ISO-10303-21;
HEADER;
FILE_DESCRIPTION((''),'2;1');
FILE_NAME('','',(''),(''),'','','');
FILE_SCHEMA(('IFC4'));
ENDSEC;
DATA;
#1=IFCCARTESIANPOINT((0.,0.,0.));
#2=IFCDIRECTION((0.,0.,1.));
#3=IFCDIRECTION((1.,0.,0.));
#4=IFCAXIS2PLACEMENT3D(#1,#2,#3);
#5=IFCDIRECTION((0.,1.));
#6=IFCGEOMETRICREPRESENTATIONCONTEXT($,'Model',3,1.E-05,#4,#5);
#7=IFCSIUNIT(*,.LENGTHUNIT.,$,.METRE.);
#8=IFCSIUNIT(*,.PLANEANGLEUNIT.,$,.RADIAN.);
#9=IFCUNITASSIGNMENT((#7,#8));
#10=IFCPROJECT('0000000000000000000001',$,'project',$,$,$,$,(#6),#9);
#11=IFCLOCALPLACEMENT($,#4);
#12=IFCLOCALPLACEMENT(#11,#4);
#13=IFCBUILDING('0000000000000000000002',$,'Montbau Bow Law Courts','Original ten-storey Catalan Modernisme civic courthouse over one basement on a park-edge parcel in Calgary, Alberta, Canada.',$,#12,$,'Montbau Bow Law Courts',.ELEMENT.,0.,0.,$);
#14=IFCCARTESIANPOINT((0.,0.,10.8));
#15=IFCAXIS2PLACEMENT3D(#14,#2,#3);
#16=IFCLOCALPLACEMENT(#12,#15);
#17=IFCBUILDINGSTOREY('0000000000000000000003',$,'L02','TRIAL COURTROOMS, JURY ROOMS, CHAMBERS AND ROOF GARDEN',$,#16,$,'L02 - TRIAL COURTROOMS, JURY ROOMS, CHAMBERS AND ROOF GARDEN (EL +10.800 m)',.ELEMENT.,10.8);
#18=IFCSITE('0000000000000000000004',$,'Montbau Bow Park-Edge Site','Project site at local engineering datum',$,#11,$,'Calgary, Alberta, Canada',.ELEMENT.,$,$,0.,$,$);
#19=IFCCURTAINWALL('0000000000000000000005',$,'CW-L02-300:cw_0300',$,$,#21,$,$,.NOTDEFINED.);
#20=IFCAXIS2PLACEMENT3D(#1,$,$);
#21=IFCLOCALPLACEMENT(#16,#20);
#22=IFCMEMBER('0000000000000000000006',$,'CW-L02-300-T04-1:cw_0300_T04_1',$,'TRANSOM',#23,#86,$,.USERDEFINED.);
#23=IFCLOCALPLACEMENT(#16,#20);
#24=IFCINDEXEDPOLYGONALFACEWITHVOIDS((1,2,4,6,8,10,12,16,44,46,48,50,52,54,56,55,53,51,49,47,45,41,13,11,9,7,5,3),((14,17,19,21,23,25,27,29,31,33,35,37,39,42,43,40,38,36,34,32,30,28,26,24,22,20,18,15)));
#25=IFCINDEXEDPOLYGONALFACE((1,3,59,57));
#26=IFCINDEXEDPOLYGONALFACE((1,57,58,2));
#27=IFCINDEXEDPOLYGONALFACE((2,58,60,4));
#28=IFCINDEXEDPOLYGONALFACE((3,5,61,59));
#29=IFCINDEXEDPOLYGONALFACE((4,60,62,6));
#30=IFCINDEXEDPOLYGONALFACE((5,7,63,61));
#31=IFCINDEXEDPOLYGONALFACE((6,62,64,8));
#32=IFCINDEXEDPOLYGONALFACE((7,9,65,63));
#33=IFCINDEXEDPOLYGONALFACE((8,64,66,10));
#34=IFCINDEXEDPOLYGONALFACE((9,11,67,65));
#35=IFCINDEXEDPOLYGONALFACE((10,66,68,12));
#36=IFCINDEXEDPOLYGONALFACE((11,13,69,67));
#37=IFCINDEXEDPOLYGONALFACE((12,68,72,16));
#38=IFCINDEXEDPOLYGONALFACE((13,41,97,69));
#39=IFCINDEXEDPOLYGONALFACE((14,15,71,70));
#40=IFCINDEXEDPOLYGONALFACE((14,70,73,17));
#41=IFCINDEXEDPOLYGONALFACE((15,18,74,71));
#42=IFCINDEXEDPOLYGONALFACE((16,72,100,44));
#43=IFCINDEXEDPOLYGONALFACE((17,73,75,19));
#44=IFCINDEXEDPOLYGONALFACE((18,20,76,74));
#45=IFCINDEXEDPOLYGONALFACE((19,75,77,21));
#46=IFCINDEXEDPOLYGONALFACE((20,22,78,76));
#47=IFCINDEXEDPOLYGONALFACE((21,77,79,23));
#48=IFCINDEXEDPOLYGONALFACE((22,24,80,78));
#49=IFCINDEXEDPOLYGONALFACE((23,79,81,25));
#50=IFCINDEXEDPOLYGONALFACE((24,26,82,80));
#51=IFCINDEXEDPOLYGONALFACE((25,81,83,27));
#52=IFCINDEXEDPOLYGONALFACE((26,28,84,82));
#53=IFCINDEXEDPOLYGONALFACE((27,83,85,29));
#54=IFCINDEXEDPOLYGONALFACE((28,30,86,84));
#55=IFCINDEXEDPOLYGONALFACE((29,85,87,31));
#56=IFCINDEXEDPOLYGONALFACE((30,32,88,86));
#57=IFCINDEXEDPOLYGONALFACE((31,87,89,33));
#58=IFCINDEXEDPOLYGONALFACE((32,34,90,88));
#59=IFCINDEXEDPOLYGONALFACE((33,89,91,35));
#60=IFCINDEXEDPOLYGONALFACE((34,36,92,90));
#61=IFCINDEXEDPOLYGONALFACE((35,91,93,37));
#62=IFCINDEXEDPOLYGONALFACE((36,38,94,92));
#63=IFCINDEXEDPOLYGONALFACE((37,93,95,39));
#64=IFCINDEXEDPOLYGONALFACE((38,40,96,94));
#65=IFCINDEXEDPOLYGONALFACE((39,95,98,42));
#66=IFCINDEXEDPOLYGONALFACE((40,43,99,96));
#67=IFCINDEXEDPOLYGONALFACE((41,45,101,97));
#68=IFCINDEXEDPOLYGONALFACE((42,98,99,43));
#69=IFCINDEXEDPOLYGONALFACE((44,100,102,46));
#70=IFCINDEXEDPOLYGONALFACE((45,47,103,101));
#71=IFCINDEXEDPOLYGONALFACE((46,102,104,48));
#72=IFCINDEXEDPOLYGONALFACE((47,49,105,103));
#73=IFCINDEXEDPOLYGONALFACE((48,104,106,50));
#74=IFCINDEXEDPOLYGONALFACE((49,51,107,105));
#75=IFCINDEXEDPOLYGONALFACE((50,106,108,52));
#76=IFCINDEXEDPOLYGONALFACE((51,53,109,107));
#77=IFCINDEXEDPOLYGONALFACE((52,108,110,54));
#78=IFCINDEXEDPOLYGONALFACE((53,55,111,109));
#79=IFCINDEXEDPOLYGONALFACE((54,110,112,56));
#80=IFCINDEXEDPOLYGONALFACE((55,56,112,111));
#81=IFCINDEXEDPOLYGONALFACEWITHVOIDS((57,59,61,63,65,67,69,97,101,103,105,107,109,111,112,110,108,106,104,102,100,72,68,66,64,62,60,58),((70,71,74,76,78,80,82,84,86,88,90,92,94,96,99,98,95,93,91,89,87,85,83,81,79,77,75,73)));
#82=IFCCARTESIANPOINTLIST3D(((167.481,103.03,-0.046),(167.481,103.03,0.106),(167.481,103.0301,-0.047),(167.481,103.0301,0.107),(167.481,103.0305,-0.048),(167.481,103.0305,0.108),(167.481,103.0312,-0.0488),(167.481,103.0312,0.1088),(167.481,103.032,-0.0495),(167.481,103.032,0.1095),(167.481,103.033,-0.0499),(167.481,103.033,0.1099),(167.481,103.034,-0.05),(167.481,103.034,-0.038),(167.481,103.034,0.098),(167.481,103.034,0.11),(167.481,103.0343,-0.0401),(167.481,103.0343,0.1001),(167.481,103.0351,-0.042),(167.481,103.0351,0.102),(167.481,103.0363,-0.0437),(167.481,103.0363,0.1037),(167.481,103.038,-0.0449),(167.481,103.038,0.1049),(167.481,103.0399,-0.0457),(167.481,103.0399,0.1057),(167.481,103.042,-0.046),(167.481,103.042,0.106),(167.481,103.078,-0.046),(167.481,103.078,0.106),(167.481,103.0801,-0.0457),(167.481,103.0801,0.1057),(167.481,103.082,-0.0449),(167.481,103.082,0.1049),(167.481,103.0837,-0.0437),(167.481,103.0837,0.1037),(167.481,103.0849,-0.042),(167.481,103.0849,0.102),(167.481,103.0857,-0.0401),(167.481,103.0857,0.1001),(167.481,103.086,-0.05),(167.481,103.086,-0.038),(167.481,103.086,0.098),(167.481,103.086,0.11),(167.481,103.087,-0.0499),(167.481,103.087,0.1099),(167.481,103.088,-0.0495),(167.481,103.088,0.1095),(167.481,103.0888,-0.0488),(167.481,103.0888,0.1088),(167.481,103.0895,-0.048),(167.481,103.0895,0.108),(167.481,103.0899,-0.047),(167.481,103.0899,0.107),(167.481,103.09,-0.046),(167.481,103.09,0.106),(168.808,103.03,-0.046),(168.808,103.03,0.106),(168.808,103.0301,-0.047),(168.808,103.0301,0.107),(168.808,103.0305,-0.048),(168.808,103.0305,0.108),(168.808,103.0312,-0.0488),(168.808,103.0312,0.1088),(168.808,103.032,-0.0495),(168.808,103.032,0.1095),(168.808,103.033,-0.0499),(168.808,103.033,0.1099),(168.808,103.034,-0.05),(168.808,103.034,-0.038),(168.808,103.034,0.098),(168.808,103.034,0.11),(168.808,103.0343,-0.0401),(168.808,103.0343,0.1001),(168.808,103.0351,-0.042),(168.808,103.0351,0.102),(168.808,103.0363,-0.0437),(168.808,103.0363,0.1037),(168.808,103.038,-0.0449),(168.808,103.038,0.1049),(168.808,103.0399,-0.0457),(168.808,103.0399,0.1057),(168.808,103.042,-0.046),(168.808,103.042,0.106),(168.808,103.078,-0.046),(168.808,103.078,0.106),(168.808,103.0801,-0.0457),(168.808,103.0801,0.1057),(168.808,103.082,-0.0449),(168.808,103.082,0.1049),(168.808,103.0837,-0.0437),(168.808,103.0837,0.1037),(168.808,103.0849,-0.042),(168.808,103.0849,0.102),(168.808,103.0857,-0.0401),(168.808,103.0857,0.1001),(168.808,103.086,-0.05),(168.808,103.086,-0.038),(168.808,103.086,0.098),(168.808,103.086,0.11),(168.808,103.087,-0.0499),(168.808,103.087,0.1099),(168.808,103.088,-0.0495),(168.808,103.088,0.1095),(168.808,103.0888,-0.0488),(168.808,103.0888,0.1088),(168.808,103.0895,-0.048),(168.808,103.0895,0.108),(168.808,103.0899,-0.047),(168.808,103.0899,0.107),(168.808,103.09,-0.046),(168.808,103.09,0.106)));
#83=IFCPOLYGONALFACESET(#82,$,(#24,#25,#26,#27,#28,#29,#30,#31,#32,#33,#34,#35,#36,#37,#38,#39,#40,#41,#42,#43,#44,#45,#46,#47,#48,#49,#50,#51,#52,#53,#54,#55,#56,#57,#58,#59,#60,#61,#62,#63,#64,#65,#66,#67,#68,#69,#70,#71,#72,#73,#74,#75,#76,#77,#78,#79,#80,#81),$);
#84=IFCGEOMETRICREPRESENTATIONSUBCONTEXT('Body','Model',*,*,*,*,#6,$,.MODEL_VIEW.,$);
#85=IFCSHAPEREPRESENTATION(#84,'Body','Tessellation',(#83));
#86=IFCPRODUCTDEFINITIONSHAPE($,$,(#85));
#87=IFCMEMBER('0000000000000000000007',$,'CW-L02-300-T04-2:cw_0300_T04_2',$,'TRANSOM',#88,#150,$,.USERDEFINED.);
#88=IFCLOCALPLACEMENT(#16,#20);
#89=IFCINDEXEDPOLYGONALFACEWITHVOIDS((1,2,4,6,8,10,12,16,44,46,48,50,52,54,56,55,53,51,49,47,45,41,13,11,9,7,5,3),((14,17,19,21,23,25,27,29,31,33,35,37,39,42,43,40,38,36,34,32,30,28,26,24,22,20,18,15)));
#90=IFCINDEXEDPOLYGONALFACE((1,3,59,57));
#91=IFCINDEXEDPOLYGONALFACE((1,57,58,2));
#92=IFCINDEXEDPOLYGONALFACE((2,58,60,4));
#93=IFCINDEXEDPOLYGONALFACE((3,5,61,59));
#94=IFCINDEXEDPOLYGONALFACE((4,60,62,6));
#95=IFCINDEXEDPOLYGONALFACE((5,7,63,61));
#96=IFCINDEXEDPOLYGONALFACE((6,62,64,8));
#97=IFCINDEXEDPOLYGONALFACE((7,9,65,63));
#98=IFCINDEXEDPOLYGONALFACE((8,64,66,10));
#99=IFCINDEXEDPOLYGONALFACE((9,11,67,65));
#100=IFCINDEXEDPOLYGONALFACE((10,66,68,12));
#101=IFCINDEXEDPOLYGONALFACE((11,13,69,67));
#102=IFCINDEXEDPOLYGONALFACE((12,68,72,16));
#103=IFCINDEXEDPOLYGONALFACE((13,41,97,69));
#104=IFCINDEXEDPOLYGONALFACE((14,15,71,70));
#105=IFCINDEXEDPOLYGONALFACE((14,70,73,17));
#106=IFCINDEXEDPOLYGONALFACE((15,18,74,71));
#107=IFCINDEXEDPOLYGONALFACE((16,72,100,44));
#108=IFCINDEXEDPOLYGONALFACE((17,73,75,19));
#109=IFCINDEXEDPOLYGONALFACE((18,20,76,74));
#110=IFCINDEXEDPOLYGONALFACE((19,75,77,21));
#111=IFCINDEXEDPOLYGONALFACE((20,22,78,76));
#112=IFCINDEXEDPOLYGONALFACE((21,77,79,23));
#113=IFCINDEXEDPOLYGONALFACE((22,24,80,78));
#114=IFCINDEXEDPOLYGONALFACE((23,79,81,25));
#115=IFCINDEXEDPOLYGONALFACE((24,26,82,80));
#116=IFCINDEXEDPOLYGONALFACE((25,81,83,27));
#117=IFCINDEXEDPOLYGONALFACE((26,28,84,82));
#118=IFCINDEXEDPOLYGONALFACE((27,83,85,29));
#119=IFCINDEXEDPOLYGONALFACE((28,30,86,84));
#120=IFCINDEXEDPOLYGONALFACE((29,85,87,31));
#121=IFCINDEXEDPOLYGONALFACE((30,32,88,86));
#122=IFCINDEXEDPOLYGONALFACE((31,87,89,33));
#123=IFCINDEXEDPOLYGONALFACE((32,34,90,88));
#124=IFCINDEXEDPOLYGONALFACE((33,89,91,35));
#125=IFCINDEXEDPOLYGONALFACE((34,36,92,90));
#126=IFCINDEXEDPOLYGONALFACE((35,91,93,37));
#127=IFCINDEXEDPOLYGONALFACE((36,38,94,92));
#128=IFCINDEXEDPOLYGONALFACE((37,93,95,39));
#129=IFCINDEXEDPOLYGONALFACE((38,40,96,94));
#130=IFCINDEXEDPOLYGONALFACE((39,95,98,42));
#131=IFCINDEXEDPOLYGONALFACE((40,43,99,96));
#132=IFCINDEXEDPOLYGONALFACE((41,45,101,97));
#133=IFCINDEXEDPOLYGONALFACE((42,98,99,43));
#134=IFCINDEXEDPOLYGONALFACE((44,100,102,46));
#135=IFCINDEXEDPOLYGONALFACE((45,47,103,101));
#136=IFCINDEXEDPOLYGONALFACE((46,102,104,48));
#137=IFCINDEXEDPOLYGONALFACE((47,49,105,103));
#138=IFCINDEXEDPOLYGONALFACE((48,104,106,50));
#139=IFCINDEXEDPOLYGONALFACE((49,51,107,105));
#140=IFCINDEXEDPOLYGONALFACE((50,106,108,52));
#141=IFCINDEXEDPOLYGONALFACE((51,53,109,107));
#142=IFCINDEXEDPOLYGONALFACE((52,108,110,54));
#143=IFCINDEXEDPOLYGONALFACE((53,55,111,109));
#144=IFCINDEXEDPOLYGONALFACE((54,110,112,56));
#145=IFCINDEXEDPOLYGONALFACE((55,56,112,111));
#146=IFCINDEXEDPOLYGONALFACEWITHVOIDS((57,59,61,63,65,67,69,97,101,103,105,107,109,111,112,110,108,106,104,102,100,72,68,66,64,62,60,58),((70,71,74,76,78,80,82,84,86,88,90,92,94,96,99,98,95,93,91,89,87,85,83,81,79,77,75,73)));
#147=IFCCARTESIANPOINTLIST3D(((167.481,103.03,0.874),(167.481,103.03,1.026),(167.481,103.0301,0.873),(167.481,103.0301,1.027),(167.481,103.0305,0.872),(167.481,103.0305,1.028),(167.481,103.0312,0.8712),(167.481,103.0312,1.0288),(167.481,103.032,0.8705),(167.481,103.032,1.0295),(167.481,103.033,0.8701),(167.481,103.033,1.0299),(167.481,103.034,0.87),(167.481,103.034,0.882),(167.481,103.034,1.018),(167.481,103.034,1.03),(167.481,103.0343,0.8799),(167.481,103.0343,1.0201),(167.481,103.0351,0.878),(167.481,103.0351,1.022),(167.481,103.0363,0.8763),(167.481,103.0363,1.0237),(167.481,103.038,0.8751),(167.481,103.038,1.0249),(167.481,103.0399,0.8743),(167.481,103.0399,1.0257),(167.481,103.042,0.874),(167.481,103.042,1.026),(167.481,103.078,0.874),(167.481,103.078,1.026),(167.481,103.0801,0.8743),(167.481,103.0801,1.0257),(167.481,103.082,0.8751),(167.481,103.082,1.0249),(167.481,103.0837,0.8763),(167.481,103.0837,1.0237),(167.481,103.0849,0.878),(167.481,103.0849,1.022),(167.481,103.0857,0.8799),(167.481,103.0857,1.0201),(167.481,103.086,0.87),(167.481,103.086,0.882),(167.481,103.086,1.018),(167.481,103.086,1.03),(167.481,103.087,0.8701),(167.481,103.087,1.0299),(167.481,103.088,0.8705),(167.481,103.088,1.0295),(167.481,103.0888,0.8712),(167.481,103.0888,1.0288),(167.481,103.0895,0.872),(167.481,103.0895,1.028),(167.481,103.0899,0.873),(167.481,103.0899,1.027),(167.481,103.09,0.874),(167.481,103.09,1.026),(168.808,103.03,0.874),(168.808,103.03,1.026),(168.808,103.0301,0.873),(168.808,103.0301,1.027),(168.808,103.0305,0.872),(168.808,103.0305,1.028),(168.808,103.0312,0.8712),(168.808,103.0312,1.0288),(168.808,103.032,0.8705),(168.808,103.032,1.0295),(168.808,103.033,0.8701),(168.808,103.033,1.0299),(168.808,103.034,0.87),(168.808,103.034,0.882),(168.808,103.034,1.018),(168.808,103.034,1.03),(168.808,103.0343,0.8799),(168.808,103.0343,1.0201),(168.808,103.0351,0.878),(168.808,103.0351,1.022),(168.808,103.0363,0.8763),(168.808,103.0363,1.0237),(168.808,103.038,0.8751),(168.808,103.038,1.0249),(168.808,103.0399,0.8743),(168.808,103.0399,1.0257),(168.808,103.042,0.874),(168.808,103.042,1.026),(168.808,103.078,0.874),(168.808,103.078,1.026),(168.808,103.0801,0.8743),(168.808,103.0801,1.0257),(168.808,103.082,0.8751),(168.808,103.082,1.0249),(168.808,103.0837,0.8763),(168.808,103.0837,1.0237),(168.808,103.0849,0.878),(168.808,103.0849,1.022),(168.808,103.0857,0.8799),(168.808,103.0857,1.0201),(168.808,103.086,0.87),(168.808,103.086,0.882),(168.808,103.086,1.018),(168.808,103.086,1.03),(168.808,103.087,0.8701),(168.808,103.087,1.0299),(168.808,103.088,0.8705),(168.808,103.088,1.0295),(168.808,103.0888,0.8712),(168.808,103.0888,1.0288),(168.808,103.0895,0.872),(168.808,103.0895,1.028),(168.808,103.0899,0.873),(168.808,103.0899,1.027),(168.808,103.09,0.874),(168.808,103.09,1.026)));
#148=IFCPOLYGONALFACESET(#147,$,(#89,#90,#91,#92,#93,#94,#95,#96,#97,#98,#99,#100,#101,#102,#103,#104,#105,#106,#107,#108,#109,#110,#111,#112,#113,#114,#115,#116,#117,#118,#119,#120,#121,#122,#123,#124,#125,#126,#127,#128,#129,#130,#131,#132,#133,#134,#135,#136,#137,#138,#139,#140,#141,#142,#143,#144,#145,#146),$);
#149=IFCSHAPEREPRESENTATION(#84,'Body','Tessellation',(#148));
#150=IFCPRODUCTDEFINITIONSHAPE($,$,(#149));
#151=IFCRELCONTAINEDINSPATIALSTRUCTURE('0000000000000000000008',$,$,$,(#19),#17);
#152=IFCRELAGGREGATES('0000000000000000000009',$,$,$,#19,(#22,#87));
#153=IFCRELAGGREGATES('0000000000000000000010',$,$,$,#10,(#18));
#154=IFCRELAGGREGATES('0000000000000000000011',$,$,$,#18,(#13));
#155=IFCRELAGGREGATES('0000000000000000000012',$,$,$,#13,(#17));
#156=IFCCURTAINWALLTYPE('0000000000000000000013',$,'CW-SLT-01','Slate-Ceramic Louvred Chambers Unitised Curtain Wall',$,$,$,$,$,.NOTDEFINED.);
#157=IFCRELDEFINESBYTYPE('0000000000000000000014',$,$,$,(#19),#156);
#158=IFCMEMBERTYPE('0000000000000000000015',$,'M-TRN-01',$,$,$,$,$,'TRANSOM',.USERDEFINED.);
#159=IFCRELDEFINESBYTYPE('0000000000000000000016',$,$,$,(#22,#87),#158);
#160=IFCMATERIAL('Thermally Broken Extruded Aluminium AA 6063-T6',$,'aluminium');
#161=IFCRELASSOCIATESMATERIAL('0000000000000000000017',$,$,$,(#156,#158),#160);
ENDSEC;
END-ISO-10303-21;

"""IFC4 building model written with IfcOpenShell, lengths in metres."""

from ifc_helpers import new_model, si_unit, direction, frame, origin_with_axes, origin_2d_with_axis, place, context, subcontext, project, spatial, hollow_rectangle, extrude, material, material_profile, profile_set, type_object, element, aggregate, save


model = new_model("IFC4")

# Units and contexts
model_context = context("Model", 3, precision=1e-05, world=origin_with_axes(), true_north=direction((0.0, 1.0)))
body_context = subcontext(model_context, "Body", "Model", "MODEL_VIEW")
ifc_project = project(units=[si_unit("LENGTHUNIT", "METRE"), si_unit("PLANEANGLEUNIT", "RADIAN")], contexts=[model_context])

# Site, building, storey
site_placement = place(None, origin_with_axes())
site = spatial("IfcSite", under=ifc_project, at=site_placement, Name="Montbau Bow Park-Edge Site", Description="Project site at local engineering datum", LongName="Calgary, Alberta, Canada", CompositionType="ELEMENT", RefElevation=0.0)
building_placement = place(site_placement, origin_with_axes())
building = spatial("IfcBuilding", under=site, at=building_placement, Name="Montbau Bow Law Courts", Description="Original ten-storey Catalan Modernisme civic courthouse over one basement on a park-edge parcel in Calgary, Alberta, Canada.", LongName="Montbau Bow Law Courts", CompositionType="ELEMENT", ElevationOfRefHeight=0.0, ElevationOfTerrain=0.0)
storey_placement = place(building_placement, frame((0.0, 0.0, 10.8), z_axis=(0.0, 0.0, 1.0), x_axis=(1.0, 0.0, 0.0)))
storey = spatial("IfcBuildingStorey", under=building, at=storey_placement, Name="L02", Description="TRIAL COURTROOMS, JURY ROOMS, CHAMBERS AND ROOF GARDEN", LongName="L02 - TRIAL COURTROOMS, JURY ROOMS, CHAMBERS AND ROOF GARDEN (EL +10.800 m)", CompositionType="ELEMENT", Elevation=10.8)

# Curtain wall
ifc_material_1 = material(Name="Thermally Broken Extruded Aluminium AA 6063-T6", Category="aluminium")
curtain_wall_type = type_object("IfcCurtainWallType", Name="CW-SLT-01", Description="Slate-Ceramic Louvred Chambers Unitised Curtain Wall", PredefinedType="NOTDEFINED", material=ifc_material_1)
curtain_wall_1_placement = place(None, frame((163.115, 103.06, 10.8), z_axis=(0.0, 0.0, 1.0), x_axis=(1.0, 0.0, 0.0)))
curtain_wall_1 = element("IfcCurtainWall", 1, at=curtain_wall_1_placement, inside=storey, type_object=curtain_wall_type, Name="CW-L02-300:cw_0300", PredefinedType="NOTDEFINED")

# Members
ifc_material_profile_1 = material_profile(ifc_material_1, hollow_rectangle(XDim=0.06, YDim=0.16, WallThickness=0.004, InnerFilletRadius=0.008, OuterFilletRadius=0.004, at=origin_2d_with_axis()), Name="CWT-160X60", Category="Main", Priority=0)
ifc_profile_set_1 = profile_set([ifc_material_profile_1], Name="Thermally Broken Extruded Aluminium AA 6063-T6")
member_type_1 = type_object("IfcMemberType", Name="M-TRN-01", ElementType="TRANSOM", PredefinedType="USERDEFINED", material=ifc_profile_set_1)
member_1_placement = place(None, frame((167.481, 103.06, 10.83), z_axis=(1.0, 0.0, 0.0), x_axis=(0.0, 1.0, 0.0)))
member_1 = element("IfcMember", 2, at=member_1_placement, type_object=member_type_1, Name="CW-L02-300-T04-1:cw_0300_T04_1", ObjectType="TRANSOM", PredefinedType="USERDEFINED", context=body_context, shape_type="SweptSolid", body=[
    extrude(hollow_rectangle(XDim=0.06, YDim=0.16, WallThickness=0.004, InnerFilletRadius=0.008, OuterFilletRadius=0.004, at=origin_2d_with_axis()), origin_with_axes(), (0.0, 0.0, 1.0), 1.327),
])
member_2_placement = place(None, frame((167.481, 103.06, 11.75), z_axis=(1.0, 0.0, 0.0), x_axis=(0.0, 1.0, 0.0)))
member_2 = element("IfcMember", 3, at=member_2_placement, type_object=member_type_1, Name="CW-L02-300-T04-2:cw_0300_T04_2", ObjectType="TRANSOM", PredefinedType="USERDEFINED", context=body_context, shape_type="SweptSolid", body=[
    extrude(hollow_rectangle(XDim=0.06, YDim=0.16, WallThickness=0.004, InnerFilletRadius=0.008, OuterFilletRadius=0.004, at=origin_2d_with_axis()), origin_with_axes(), (0.0, 0.0, 1.0), 1.327),
])

aggregate(curtain_wall_1, [member_1, member_2])

save(model, "model.ifc")
